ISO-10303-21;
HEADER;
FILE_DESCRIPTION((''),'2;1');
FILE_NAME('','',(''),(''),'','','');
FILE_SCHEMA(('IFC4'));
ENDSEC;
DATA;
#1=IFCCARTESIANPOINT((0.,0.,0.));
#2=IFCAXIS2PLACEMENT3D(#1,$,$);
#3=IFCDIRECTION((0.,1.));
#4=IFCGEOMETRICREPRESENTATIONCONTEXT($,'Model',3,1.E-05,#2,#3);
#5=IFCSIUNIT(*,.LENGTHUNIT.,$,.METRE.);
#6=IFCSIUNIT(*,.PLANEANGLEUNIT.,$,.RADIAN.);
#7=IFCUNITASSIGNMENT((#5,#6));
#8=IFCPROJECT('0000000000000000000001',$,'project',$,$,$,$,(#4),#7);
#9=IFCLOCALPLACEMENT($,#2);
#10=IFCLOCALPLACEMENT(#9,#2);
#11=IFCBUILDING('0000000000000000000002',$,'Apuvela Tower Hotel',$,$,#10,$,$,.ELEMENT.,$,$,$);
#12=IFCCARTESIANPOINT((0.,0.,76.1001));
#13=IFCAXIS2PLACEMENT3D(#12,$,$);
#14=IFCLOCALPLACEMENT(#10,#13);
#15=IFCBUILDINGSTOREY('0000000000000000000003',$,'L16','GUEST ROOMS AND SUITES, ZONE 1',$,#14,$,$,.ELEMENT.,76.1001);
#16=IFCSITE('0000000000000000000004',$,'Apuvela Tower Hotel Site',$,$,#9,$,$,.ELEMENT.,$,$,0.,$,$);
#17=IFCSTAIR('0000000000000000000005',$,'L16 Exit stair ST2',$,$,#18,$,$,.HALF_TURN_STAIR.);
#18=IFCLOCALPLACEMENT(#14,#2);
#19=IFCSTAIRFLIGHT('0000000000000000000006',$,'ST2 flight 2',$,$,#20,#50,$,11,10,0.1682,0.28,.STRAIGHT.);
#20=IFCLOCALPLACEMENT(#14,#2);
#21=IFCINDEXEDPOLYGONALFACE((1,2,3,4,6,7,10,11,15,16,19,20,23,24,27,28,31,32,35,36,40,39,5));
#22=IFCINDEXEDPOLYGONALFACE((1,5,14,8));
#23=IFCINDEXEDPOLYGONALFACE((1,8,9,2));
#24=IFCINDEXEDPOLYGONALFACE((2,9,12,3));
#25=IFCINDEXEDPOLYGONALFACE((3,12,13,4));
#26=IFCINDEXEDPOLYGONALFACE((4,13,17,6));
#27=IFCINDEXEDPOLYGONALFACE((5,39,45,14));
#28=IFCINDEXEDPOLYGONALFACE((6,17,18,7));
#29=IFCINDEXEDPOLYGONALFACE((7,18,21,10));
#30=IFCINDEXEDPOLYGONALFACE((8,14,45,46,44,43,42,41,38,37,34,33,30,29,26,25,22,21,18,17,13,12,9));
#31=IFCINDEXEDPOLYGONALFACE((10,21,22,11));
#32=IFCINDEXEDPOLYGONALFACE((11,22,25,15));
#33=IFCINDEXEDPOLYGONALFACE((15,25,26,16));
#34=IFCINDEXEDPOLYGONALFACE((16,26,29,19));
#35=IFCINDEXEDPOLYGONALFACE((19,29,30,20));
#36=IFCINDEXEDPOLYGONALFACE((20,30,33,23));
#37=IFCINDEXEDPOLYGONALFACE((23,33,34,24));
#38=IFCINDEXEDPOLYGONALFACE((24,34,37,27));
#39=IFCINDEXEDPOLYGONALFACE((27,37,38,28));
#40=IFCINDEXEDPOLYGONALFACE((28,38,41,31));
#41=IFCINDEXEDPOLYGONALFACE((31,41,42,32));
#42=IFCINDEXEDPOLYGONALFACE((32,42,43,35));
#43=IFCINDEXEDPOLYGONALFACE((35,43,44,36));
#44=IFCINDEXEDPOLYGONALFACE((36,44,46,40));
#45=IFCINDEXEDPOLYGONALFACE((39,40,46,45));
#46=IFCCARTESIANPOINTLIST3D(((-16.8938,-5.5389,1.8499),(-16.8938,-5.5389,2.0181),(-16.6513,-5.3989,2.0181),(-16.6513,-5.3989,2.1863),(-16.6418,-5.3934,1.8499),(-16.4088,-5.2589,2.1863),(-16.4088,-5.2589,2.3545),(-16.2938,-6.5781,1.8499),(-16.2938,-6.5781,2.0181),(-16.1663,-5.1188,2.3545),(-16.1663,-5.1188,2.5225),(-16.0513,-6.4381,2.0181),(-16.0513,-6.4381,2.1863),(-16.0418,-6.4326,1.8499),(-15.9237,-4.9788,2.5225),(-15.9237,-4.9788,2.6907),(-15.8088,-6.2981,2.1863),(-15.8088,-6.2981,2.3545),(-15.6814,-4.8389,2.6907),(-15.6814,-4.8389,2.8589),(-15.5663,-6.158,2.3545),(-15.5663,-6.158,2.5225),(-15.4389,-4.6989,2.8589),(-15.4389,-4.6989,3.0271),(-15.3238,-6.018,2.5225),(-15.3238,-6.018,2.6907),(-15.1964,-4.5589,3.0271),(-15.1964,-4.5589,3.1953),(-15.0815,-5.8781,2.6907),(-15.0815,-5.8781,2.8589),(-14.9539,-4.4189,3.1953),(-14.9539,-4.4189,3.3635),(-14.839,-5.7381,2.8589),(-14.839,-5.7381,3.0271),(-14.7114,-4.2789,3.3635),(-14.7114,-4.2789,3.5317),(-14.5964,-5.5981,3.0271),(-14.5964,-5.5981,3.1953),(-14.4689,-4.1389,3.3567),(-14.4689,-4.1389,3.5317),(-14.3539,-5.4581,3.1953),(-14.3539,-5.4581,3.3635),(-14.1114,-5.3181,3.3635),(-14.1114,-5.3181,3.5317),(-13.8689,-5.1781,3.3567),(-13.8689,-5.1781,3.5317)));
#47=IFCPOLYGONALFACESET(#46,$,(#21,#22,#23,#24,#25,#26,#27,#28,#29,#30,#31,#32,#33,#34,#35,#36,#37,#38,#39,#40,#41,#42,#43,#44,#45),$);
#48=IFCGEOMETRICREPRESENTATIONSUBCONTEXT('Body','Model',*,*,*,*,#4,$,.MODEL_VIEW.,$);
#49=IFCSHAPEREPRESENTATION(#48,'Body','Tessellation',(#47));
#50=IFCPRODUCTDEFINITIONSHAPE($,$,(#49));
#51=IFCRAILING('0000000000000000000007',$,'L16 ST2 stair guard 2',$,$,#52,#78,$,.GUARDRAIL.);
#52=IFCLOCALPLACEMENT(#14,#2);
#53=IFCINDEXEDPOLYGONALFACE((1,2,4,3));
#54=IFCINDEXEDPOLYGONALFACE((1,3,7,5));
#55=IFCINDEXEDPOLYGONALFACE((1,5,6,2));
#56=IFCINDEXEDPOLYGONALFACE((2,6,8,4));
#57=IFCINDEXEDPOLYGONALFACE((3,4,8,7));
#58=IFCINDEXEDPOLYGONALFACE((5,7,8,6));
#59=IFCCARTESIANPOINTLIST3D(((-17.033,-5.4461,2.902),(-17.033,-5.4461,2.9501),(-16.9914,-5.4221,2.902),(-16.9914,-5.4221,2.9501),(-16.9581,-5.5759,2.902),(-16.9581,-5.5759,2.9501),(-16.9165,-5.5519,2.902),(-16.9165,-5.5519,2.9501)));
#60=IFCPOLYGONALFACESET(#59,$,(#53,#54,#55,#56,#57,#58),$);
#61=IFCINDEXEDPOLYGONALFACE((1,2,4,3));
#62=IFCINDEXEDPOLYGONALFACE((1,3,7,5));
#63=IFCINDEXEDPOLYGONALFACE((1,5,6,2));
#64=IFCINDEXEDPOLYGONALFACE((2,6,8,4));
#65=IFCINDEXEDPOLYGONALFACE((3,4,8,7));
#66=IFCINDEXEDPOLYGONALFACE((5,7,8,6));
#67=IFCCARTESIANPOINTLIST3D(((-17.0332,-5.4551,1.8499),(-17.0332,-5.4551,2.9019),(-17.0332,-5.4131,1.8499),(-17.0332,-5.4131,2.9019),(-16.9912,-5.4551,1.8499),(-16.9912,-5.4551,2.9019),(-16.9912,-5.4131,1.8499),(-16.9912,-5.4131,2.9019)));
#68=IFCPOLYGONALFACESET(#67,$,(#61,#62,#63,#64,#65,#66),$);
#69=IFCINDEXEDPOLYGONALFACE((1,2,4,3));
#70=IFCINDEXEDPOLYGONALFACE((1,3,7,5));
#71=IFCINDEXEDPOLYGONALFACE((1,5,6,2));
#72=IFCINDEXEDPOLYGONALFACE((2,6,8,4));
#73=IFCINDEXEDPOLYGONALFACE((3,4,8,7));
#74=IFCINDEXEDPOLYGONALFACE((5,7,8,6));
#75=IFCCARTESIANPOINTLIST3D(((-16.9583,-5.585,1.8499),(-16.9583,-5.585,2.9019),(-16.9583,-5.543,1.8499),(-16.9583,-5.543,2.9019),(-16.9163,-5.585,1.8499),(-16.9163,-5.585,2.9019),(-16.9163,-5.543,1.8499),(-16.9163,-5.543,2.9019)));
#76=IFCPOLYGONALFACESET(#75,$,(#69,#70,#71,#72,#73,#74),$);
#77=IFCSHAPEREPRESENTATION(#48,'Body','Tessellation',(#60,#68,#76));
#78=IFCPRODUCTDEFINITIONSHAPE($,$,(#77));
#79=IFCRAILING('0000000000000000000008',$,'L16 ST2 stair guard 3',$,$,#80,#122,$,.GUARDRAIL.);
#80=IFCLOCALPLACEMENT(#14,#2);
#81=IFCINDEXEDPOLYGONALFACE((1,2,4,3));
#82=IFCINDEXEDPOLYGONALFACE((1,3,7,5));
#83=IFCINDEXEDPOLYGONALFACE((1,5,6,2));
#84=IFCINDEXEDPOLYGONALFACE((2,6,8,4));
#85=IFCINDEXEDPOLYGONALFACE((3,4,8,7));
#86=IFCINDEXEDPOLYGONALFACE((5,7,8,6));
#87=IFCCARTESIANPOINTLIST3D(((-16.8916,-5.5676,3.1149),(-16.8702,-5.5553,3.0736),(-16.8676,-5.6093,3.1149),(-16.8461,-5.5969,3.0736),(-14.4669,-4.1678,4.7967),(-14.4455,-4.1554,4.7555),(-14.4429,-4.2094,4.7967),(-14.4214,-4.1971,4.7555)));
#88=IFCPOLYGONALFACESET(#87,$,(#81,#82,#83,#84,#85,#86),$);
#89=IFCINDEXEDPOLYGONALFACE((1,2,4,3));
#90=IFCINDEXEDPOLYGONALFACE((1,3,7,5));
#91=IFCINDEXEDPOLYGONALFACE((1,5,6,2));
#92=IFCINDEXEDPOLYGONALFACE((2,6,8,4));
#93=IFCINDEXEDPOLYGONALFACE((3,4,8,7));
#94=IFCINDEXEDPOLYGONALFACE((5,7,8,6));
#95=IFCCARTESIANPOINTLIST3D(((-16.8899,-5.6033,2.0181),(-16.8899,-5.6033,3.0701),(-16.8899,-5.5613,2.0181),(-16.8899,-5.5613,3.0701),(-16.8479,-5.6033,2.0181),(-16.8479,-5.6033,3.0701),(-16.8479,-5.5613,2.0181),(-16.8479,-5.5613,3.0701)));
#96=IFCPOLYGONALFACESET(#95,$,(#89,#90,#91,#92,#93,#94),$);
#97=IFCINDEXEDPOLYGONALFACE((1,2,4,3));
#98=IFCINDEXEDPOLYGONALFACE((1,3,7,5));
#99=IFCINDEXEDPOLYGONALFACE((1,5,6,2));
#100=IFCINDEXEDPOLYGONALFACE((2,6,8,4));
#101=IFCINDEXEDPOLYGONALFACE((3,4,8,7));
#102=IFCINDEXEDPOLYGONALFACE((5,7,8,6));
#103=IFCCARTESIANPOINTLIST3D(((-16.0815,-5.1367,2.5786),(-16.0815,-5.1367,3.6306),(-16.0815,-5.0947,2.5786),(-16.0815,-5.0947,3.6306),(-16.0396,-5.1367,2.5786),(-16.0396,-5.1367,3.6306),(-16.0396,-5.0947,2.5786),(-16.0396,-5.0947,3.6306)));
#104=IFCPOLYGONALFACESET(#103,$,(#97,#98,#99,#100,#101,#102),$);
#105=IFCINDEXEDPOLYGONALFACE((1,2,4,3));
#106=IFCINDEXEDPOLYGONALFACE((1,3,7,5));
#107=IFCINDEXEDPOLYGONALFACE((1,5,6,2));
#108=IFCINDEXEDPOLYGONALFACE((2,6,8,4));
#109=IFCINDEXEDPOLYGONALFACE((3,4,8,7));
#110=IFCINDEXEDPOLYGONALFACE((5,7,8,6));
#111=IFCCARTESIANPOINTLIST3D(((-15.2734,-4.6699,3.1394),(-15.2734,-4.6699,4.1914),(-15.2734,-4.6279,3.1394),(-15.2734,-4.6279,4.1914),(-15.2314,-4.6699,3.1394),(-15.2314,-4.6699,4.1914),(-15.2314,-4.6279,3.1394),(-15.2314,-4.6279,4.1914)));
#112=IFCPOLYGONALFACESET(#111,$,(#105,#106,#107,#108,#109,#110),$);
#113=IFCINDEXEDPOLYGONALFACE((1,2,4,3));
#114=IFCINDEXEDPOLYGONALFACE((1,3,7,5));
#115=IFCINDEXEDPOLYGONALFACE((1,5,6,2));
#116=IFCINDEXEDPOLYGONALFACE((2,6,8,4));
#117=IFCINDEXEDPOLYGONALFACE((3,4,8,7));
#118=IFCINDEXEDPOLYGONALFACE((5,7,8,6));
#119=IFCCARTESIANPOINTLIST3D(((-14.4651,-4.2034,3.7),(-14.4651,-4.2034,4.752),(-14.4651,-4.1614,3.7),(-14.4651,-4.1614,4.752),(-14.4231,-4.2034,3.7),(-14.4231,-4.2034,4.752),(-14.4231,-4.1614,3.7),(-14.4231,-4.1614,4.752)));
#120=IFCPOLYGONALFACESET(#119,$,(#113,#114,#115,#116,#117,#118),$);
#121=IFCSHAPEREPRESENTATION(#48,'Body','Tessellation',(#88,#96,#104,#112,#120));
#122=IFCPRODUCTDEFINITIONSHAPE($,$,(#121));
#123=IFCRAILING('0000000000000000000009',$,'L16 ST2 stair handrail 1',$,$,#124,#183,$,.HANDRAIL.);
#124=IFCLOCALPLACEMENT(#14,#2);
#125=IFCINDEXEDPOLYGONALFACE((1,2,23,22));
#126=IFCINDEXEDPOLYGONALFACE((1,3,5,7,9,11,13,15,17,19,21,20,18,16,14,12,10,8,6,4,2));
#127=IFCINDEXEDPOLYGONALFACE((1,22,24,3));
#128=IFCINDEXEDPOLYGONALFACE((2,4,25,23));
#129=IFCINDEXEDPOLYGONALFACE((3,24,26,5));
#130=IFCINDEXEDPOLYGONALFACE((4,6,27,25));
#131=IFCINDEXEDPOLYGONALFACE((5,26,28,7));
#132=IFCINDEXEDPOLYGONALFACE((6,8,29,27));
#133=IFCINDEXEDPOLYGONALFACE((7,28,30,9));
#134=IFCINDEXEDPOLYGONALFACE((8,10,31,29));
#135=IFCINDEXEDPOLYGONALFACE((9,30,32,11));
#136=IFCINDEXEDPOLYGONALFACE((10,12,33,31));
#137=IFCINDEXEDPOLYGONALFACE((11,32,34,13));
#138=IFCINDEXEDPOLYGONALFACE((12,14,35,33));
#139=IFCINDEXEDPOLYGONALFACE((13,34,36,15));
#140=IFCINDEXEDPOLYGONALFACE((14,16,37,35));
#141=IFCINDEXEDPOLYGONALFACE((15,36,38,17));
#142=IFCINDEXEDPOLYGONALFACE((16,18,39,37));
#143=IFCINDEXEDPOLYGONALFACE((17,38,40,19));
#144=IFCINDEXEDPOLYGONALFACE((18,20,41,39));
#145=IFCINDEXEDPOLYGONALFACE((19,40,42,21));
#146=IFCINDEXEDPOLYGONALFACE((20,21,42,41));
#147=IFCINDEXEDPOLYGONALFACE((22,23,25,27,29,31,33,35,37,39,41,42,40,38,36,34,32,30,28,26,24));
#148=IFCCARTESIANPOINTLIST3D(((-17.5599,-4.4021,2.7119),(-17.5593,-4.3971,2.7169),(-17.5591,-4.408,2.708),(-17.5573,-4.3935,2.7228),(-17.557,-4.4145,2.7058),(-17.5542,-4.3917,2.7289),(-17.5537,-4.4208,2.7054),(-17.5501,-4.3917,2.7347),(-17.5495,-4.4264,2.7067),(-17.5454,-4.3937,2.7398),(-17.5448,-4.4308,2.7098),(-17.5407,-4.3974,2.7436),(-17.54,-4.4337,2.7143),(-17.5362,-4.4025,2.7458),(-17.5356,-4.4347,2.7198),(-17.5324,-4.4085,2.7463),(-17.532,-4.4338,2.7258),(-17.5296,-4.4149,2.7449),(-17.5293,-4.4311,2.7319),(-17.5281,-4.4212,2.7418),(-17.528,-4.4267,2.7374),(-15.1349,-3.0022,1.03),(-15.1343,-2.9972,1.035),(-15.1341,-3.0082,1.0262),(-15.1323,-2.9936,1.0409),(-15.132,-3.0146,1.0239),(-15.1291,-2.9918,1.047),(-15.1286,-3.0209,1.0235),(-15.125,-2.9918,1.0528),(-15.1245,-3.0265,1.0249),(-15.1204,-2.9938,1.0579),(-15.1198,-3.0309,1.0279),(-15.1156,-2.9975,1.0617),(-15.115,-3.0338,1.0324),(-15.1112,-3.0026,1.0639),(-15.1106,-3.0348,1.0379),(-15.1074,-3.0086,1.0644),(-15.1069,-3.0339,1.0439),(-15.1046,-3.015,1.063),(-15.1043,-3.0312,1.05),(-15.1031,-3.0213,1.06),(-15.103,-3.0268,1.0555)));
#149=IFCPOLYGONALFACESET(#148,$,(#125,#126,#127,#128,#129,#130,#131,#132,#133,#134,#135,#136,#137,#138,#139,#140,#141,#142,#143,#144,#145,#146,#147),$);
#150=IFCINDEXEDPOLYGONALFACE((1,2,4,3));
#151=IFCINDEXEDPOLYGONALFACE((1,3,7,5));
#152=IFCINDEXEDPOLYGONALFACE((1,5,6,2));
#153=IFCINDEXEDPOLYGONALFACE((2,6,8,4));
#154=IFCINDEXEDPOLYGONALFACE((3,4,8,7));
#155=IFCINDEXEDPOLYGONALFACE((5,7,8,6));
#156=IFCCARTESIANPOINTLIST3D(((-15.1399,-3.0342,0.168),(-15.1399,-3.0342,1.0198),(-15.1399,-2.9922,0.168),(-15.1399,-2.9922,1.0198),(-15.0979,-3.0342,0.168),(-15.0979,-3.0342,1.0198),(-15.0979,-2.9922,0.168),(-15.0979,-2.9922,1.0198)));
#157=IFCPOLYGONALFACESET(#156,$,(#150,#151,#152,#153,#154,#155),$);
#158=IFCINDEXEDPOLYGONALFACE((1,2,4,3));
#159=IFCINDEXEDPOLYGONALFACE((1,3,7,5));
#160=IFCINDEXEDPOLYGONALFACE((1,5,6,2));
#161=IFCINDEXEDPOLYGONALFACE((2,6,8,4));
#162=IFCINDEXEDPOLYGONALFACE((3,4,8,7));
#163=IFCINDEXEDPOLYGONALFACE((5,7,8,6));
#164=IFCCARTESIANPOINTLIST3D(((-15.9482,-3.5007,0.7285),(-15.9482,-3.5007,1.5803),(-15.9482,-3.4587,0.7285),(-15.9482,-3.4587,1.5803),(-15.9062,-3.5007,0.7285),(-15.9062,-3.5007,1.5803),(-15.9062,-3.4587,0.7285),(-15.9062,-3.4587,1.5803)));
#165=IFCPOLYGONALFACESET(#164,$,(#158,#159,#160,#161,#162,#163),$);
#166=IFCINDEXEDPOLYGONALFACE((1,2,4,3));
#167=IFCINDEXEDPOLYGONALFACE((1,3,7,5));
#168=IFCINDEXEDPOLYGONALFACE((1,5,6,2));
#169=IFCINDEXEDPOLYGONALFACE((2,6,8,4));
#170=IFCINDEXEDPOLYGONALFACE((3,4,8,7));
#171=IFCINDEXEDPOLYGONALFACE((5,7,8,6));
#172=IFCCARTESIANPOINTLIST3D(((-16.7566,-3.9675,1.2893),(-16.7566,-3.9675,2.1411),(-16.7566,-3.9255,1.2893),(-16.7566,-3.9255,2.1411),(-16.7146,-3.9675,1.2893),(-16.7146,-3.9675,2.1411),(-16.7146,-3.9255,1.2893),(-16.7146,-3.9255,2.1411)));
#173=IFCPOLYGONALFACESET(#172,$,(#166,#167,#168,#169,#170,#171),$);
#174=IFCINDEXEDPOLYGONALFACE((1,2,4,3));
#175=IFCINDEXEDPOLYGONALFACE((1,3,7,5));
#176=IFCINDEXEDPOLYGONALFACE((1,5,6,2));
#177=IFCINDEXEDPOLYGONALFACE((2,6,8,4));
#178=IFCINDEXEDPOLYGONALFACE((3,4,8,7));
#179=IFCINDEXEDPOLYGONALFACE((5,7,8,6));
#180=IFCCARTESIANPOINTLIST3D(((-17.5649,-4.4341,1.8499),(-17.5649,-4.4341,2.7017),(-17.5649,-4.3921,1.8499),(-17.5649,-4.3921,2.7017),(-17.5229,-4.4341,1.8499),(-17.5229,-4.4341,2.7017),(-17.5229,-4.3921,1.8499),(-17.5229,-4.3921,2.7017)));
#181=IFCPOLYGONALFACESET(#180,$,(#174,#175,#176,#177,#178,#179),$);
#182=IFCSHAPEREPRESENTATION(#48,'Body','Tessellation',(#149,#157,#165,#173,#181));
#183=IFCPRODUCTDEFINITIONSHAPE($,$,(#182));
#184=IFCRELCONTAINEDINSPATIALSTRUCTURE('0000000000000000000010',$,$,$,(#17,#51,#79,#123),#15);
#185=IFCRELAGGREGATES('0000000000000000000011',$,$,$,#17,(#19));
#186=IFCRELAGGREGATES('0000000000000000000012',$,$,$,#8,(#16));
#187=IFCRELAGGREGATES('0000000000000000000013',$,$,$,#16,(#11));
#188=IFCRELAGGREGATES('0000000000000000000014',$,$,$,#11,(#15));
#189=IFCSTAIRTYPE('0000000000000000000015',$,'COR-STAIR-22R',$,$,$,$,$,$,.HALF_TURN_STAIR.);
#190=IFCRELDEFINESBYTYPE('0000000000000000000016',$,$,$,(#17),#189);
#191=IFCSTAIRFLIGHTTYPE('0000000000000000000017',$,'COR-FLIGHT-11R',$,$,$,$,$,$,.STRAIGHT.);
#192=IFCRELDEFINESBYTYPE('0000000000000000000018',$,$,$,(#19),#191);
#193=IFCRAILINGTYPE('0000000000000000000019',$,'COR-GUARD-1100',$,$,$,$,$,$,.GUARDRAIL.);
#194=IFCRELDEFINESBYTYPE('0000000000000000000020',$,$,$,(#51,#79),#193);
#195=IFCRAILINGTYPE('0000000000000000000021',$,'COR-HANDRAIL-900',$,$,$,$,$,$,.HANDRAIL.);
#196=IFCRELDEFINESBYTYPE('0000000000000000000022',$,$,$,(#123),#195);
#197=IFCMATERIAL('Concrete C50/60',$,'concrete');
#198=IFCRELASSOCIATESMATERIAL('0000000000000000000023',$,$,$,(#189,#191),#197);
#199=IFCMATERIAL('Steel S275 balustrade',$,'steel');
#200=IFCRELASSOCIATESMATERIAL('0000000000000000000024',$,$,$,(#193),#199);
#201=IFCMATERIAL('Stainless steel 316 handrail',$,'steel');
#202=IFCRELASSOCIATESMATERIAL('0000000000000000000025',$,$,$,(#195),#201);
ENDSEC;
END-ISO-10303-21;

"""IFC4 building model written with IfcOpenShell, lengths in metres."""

from ifc_helpers import new_model, si_unit, direction, frame, origin, origin_2d, place, context, subcontext, project, spatial, polyline, rectangle, circle, outline, extrude, material, type_object, element, aggregate, save


model = new_model("IFC4")

# Units and contexts
model_context = context("Model", 3, precision=1e-05, world=origin(), true_north=direction((0.0, 1.0)))
body_context = subcontext(model_context, "Body", "Model", "MODEL_VIEW")
ifc_project = project(units=[si_unit("LENGTHUNIT", "METRE"), si_unit("PLANEANGLEUNIT", "RADIAN")], contexts=[model_context])

# Site, building, storey
site_placement = place(None, origin())
site = spatial("IfcSite", under=ifc_project, at=site_placement, Name="Apuvela Tower Hotel Site", CompositionType="ELEMENT", RefElevation=0.0)
building_placement = place(site_placement, origin())
building = spatial("IfcBuilding", under=site, at=building_placement, Name="Apuvela Tower Hotel", CompositionType="ELEMENT")
storey_placement = place(building_placement, frame((0.0, 0.0, 76.1001)))
storey = spatial("IfcBuildingStorey", under=building, at=storey_placement, Name="L16", Description="GUEST ROOMS AND SUITES, ZONE 1", CompositionType="ELEMENT", Elevation=76.1001)

# Shared definitions
ifc_material_1 = material(Name="Concrete C50/60", Category="concrete")

# Stair, stair flight
stair_type = type_object("IfcStairType", Name="COR-STAIR-22R", PredefinedType="HALF_TURN_STAIR", material=ifc_material_1)
stair_placement = place(storey_placement, origin())
stair = element("IfcStair", 1, at=stair_placement, inside=storey, type_object=stair_type, Name="L16 Exit stair ST2", PredefinedType="HALF_TURN_STAIR")
stair_flight_type = type_object("IfcStairFlightType", Name="COR-FLIGHT-11R", PredefinedType="STRAIGHT", material=ifc_material_1)
stair_flight_placement = place(storey_placement, frame((-16.5938, -6.0586, 1.8499), z_axis=(0.0, 0.0, 1.0), x_axis=(0.866025, 0.5, 0.0)))
stair_flight = element("IfcStairFlight", 2, at=stair_flight_placement, type_object=stair_flight_type, Name="ST2 flight 2", NumberOfRisers=11, NumberOfTreads=10, PredefinedType="STRAIGHT", RiserHeight=0.1682, TreadLength=0.28, context=body_context, shape_type="SweptSolid", body=[
    extrude(outline(polyline([(0.0, 0.0), (0.0, 0.1682), (0.28, 0.1682), (0.28, 0.3364), (0.5601, 0.3364), (0.5601, 0.5046), (0.8401, 0.5046), (0.8401, 0.6726), (1.1201, 0.6726), (1.1201, 0.8408), (1.3999, 0.8408), (1.3999, 1.009), (1.6799, 1.009), (1.6799, 1.1772), (1.96, 1.1772), (1.96, 1.3455), (2.24, 1.3455), (2.24, 1.5137), (2.52, 1.5137), (2.52, 1.6819), (2.8, 1.6819), (2.8, 1.8501), (2.8, 1.5068), (0.291, 0.0), (0.0, 0.0)])), frame((0.0, 0.6001, 0.0), z_axis=(0.0, -1.0, 0.0), x_axis=(1.0, 0.0, 0.0)), (0.0, 0.0, 1.0), 1.2),
])
aggregate(stair, [stair_flight])

# Railings
ifc_material_2 = material(Name="Steel S275 balustrade", Category="steel")
railing_type_1 = type_object("IfcRailingType", Name="COR-GUARD-1100", PredefinedType="GUARDRAIL", material=ifc_material_2)
railing_1_placement = place(storey_placement, frame((-17.0122, -5.4341, 1.8499)))
element("IfcRailing", 3, at=railing_1_placement, inside=storey, type_object=railing_type_1, Name="L16 ST2 stair guard 2", PredefinedType="GUARDRAIL", context=body_context, shape_type="SweptSolid", body=[
    extrude(rectangle(XDim=0.0481, YDim=0.0481, at=origin_2d()), frame((0.0, 0.0, 1.0762), z_axis=(0.499816, -0.866131, 0.0), x_axis=(0.866131, 0.499816, 0.0)), (0.0, 0.0, 1.0), 0.1499),
    extrude(rectangle(XDim=0.042, YDim=0.042, at=origin_2d()), origin(), (0.0, 0.0, 1.0), 1.052),
    extrude(rectangle(XDim=0.042, YDim=0.042, at=origin_2d()), frame((0.075, -0.1299, 0.0)), (0.0, 0.0, 1.0), 1.052),
])
railing_2_placement = place(storey_placement, frame((-16.8689, -5.5823, 2.0181)))
element("IfcRailing", 4, at=railing_2_placement, inside=storey, type_object=railing_type_1, Name="L16 ST2 stair guard 3", PredefinedType="GUARDRAIL", context=body_context, shape_type="SweptSolid", body=[
    extrude(rectangle(XDim=0.0481, YDim=0.0481, at=origin_2d()), frame((0.0, 0.0, 1.0762), z_axis=(0.74239, 0.428601, 0.514934), x_axis=(-0.499984, 0.866035, 0.0)), (0.0, 0.0, 1.0), 3.2661),
    extrude(rectangle(XDim=0.042, YDim=0.042, at=origin_2d()), origin(), (0.0, 0.0, 1.0), 1.052),
    extrude(rectangle(XDim=0.042, YDim=0.042, at=origin_2d()), frame((0.8083, 0.4666, 0.5605)), (0.0, 0.0, 1.0), 1.052),
    extrude(rectangle(XDim=0.042, YDim=0.042, at=origin_2d()), frame((1.6165, 0.9333, 1.1213)), (0.0, 0.0, 1.0), 1.052),
    extrude(rectangle(XDim=0.042, YDim=0.042, at=origin_2d()), frame((2.4248, 1.3999, 1.6819)), (0.0, 0.0, 1.0), 1.052),
])
ifc_material_3 = material(Name="Stainless steel 316 handrail", Category="steel")
railing_type_2 = type_object("IfcRailingType", Name="COR-HANDRAIL-900", PredefinedType="HANDRAIL", material=ifc_material_3)
railing_3_placement = place(storey_placement, frame((-15.1189, -3.0132, 0.168)))
element("IfcRailing", 5, at=railing_3_placement, inside=storey, type_object=railing_type_2, Name="L16 ST2 stair handrail 1", PredefinedType="HANDRAIL", context=body_context, shape_type="SweptSolid", body=[
    extrude(circle(Radius=0.0239, at=origin_2d()), frame((0.0, 0.0, 0.876), z_axis=(-0.742424, -0.428577, 0.514906), x_axis=(0.499946, -0.866056, 0.0)), (0.0, 0.0, 1.0), 3.2664),
    extrude(rectangle(XDim=0.042, YDim=0.042, at=origin_2d()), origin(), (0.0, 0.0, 1.0), 0.8518),
    extrude(rectangle(XDim=0.042, YDim=0.042, at=origin_2d()), frame((-0.8083, -0.4666, 0.5605)), (0.0, 0.0, 1.0), 0.8518),
    extrude(rectangle(XDim=0.042, YDim=0.042, at=origin_2d()), frame((-1.6167, -0.9333, 1.1213)), (0.0, 0.0, 1.0), 0.8518),
    extrude(rectangle(XDim=0.042, YDim=0.042, at=origin_2d()), frame((-2.425, -1.3999, 1.6819)), (0.0, 0.0, 1.0), 0.8518),
])

save(model, "model.ifc")
